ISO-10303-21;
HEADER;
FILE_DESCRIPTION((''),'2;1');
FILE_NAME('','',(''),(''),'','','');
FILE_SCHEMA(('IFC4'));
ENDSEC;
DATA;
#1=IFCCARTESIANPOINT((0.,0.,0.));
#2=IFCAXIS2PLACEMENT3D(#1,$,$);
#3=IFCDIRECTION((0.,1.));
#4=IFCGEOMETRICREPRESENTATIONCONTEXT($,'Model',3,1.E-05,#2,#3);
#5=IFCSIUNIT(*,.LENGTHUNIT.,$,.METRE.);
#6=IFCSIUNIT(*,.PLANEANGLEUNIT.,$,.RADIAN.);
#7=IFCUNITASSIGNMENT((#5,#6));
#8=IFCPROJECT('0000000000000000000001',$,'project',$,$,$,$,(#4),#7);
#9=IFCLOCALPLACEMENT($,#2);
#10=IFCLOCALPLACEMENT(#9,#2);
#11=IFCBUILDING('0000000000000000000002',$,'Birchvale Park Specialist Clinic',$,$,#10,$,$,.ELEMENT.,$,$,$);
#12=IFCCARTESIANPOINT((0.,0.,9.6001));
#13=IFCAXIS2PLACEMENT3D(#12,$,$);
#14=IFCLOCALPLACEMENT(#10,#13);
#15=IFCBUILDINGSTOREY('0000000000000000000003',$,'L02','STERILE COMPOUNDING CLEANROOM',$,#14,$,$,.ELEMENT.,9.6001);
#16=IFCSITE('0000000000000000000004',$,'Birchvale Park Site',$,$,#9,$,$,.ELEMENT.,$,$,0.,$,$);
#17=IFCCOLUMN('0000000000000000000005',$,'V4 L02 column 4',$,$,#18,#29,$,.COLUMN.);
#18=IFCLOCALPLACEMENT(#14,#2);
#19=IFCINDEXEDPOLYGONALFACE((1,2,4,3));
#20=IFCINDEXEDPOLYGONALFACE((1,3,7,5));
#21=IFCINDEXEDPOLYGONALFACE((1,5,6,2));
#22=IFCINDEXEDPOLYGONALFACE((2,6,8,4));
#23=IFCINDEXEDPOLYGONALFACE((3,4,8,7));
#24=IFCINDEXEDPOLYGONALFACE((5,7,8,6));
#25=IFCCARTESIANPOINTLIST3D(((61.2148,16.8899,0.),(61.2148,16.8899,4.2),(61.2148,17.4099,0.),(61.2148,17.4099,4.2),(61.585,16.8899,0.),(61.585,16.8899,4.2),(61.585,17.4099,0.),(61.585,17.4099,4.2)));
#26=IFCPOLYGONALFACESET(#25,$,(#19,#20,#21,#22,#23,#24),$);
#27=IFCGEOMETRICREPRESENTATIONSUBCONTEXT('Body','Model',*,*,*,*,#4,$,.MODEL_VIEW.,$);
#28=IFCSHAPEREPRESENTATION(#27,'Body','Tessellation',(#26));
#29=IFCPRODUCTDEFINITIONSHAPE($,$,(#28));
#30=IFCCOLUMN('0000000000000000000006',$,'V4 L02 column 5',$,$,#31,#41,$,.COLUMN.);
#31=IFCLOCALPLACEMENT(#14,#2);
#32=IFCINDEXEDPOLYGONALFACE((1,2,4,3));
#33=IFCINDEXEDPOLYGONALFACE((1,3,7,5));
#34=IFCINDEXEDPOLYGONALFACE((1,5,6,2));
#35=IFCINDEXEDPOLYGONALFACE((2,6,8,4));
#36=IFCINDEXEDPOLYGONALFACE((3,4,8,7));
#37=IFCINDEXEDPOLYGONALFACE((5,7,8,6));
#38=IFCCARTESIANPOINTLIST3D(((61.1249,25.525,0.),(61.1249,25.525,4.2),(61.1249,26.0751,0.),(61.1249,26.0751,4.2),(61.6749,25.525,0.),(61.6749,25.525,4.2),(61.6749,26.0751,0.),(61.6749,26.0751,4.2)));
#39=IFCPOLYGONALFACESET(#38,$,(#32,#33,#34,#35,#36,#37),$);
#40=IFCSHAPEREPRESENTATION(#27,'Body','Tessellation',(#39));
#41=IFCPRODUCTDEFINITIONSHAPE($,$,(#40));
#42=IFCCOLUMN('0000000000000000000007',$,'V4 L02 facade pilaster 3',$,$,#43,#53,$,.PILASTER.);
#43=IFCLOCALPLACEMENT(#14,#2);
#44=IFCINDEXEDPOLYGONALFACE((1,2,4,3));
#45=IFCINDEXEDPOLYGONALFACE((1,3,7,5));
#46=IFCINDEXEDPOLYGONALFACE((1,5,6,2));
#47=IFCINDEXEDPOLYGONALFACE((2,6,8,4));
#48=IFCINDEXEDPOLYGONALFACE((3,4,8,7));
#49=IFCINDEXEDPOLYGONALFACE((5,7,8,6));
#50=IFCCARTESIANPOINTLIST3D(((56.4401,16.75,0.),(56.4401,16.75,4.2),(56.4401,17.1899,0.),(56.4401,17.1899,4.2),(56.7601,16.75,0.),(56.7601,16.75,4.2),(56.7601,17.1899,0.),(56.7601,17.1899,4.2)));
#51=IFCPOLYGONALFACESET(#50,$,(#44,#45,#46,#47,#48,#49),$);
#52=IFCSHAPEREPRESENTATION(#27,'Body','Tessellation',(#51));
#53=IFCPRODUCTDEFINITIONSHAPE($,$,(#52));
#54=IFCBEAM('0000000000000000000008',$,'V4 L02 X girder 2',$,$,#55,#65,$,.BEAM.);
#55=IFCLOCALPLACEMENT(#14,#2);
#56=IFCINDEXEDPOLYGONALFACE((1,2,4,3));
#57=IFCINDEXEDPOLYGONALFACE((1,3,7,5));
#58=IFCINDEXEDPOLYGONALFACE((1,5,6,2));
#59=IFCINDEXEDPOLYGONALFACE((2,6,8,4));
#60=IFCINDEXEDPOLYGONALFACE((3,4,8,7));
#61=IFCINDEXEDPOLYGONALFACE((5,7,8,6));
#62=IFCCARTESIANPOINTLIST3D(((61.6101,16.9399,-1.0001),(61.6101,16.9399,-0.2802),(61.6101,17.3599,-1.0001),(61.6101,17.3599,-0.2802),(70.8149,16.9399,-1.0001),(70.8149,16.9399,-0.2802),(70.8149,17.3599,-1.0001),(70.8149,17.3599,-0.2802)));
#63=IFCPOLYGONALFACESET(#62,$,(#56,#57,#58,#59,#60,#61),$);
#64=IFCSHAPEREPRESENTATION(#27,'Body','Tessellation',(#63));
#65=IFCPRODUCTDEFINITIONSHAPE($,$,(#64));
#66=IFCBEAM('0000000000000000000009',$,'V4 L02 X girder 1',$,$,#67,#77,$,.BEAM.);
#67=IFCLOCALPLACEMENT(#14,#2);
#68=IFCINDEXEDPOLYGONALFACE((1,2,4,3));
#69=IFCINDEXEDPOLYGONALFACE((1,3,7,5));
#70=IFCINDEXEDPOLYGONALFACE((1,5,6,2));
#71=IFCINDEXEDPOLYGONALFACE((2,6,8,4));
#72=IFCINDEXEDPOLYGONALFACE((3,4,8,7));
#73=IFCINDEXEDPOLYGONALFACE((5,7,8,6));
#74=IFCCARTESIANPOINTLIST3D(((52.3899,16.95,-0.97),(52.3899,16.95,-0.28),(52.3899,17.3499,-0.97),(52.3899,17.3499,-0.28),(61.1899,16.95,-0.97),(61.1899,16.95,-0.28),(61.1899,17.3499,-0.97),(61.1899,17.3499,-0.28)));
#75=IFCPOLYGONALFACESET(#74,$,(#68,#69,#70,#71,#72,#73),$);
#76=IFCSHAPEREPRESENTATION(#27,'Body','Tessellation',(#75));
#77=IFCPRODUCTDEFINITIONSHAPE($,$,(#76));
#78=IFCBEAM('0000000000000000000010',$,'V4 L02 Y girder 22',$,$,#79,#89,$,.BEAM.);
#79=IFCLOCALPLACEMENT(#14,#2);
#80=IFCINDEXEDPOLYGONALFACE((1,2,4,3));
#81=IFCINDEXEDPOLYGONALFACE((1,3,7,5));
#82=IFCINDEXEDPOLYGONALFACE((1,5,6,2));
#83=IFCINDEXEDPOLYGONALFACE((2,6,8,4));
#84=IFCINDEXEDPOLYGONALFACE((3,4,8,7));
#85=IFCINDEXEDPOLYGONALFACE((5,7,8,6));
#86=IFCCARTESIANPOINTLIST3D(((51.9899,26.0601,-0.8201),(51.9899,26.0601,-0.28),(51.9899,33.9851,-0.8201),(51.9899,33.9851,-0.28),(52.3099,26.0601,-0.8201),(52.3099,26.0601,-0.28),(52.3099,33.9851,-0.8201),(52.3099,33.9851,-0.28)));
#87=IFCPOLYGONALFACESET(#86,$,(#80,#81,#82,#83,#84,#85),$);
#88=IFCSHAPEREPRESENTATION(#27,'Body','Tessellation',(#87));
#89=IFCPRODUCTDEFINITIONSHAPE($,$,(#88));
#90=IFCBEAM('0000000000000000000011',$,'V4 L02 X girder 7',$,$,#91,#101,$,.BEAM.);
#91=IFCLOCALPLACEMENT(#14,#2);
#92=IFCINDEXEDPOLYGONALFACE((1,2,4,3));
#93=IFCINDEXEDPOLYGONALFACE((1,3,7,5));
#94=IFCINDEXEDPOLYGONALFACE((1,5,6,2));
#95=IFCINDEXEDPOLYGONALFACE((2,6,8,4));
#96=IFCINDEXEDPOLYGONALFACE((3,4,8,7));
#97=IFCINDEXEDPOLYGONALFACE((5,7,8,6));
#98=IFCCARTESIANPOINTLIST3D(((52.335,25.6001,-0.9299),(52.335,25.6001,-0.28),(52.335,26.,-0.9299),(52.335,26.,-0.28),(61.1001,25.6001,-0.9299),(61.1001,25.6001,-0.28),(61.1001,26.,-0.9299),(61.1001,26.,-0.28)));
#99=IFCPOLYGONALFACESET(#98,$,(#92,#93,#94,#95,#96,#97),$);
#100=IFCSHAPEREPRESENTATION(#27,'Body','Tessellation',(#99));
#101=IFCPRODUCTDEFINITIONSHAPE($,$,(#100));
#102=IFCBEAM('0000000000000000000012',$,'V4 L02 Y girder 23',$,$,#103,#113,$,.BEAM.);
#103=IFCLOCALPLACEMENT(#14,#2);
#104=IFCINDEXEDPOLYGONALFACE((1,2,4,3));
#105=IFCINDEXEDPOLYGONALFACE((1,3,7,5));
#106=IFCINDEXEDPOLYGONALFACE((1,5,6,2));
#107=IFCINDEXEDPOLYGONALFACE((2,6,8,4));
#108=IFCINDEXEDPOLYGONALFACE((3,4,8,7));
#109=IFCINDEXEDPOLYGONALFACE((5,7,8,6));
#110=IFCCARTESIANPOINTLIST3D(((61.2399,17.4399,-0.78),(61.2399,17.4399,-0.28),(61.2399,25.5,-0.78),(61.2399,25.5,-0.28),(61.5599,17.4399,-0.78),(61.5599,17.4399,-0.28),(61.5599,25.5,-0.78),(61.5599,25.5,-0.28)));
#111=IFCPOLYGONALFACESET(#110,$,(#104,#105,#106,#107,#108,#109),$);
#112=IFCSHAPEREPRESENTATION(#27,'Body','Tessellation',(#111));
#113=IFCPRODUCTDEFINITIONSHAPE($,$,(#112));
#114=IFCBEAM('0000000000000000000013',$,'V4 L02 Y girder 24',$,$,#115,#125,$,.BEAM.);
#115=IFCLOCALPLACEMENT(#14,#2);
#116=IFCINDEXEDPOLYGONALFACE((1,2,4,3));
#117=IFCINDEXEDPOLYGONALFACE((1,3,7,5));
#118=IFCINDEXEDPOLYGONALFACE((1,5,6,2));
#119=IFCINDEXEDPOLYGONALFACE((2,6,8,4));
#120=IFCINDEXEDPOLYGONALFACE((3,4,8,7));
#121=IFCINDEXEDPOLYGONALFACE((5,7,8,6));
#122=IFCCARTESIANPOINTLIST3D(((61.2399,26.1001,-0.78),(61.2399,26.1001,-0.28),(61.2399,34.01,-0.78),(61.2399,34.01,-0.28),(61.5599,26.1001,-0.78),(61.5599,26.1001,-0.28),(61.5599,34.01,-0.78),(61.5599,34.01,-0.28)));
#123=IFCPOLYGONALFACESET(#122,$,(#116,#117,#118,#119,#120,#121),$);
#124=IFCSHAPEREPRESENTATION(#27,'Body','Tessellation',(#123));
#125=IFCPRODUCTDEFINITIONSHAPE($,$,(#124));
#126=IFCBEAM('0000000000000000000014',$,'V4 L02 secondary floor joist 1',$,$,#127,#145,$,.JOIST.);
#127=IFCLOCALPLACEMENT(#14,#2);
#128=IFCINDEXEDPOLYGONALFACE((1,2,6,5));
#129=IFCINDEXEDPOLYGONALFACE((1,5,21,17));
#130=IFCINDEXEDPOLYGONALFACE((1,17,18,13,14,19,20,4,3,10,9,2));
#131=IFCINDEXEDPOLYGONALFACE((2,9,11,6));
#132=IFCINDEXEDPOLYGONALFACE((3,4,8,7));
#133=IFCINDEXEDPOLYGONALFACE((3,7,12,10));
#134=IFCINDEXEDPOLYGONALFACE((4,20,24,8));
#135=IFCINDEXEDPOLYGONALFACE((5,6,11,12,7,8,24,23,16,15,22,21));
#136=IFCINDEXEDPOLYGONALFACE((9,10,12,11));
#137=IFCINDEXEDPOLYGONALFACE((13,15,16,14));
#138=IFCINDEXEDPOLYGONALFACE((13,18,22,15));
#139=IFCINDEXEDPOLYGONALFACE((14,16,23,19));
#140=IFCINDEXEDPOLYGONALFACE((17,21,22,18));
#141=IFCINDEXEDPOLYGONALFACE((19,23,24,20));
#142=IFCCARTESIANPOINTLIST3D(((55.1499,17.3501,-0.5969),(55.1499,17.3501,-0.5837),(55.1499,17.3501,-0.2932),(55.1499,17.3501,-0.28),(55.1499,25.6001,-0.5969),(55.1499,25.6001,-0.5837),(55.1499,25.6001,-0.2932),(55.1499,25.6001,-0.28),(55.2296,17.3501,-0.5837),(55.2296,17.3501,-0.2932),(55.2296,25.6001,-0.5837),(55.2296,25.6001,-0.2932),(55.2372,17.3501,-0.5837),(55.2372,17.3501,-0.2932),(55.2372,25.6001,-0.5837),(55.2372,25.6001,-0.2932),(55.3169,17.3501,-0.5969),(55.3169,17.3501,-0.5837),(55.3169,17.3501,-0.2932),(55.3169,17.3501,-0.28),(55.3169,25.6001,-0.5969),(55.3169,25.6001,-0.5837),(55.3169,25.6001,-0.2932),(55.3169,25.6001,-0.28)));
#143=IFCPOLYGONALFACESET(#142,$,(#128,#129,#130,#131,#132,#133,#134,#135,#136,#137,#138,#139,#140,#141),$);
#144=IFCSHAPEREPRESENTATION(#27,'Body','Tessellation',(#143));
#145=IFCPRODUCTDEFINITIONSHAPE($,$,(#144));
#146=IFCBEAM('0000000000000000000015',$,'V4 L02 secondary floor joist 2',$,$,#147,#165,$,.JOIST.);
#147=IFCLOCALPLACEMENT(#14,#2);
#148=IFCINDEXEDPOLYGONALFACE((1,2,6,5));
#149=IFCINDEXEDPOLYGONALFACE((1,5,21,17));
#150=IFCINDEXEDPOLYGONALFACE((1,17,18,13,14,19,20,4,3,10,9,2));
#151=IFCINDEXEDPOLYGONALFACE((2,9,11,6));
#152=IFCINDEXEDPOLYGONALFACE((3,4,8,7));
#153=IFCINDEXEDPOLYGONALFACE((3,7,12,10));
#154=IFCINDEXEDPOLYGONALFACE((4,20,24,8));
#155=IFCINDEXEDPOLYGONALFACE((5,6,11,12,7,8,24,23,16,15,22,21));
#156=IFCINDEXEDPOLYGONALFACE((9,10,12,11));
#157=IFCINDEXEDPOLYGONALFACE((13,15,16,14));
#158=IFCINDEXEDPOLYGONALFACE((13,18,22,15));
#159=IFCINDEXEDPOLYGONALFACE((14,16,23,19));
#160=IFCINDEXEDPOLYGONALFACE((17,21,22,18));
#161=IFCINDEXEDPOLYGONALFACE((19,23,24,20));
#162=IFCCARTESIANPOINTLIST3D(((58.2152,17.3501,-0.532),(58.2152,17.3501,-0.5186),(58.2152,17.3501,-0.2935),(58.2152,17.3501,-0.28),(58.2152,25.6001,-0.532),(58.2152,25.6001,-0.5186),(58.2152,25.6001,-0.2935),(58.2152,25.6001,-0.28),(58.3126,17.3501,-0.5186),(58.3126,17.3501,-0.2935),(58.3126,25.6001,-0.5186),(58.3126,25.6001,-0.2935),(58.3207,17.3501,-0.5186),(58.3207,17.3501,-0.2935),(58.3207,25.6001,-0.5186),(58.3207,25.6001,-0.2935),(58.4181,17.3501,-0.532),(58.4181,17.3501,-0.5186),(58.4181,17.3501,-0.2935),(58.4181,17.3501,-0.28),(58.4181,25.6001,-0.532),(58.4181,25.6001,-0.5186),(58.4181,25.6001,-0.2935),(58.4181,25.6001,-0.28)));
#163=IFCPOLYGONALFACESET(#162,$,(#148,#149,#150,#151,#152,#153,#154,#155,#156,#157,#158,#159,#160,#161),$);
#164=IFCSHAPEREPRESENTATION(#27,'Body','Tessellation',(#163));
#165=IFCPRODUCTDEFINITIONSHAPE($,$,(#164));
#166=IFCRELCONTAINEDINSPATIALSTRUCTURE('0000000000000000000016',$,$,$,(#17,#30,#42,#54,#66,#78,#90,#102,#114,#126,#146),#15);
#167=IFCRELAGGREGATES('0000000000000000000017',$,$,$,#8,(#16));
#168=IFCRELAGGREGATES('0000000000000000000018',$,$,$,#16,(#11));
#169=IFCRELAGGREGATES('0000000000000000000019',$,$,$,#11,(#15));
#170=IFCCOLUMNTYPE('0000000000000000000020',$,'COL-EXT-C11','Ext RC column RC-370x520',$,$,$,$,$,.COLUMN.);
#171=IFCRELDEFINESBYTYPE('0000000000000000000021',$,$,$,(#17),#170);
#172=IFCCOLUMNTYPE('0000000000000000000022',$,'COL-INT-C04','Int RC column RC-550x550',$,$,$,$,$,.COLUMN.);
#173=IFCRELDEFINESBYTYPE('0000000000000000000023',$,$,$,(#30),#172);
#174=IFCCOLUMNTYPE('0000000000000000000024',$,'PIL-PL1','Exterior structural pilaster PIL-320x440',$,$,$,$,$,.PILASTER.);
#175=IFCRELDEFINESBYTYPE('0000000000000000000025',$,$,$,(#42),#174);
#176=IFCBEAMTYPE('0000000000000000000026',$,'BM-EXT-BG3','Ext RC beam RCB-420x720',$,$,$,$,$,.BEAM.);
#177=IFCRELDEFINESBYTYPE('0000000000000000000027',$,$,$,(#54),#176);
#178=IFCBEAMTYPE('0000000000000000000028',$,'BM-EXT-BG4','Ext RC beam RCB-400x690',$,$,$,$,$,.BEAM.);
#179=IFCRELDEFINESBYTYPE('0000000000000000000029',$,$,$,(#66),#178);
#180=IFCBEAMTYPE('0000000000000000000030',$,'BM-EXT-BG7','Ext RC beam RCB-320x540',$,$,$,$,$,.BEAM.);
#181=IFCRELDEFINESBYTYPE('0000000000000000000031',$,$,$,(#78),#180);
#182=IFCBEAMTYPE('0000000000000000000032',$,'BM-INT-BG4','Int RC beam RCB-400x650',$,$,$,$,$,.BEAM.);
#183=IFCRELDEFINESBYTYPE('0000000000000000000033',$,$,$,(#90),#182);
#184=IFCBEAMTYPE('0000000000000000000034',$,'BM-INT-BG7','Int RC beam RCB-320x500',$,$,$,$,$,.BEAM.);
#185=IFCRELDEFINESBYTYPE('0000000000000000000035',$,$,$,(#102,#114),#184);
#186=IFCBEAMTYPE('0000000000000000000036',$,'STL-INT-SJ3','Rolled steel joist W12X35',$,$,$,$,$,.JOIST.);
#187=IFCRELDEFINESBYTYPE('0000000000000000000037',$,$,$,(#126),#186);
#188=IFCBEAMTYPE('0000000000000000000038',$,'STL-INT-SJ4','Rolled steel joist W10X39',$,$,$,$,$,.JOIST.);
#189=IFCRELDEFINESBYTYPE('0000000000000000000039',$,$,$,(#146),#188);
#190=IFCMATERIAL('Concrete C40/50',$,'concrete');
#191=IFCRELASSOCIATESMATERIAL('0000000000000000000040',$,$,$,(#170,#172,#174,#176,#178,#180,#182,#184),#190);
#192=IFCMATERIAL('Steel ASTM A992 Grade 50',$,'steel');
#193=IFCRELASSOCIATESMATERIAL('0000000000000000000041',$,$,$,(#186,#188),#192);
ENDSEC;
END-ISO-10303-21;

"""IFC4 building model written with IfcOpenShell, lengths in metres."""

from ifc_helpers import new_model, si_unit, direction, frame, origin, origin_2d, place, context, subcontext, project, spatial, rectangle, i_section, extrude, material, material_profile, profile_set, type_object, element, save


model = new_model("IFC4")

# Units and contexts
model_context = context("Model", 3, precision=1e-05, world=origin(), true_north=direction((0.0, 1.0)))
body_context = subcontext(model_context, "Body", "Model", "MODEL_VIEW")
ifc_project = project(units=[si_unit("LENGTHUNIT", "METRE"), si_unit("PLANEANGLEUNIT", "RADIAN")], contexts=[model_context])

# Site, building, storey
site_placement = place(None, origin())
site = spatial("IfcSite", under=ifc_project, at=site_placement, Name="Birchvale Park Site", CompositionType="ELEMENT", RefElevation=0.0)
building_placement = place(site_placement, origin())
building = spatial("IfcBuilding", under=site, at=building_placement, Name="Birchvale Park Specialist Clinic", CompositionType="ELEMENT")
storey_placement = place(building_placement, frame((0.0, 0.0, 9.6001)))
storey = spatial("IfcBuildingStorey", under=building, at=storey_placement, Name="L02", Description="STERILE COMPOUNDING CLEANROOM", CompositionType="ELEMENT", Elevation=9.6001)

# Columns
ifc_material_1 = material(Name="Concrete C40/50", Category="concrete")
ifc_material_profile_1 = material_profile(ifc_material_1, rectangle(XDim=0.3701, YDim=0.52, at=origin_2d()), Name="RC-370x520")
ifc_profile_set_1 = profile_set([ifc_material_profile_1], Name="Concrete C40/50")
column_type_1 = type_object("IfcColumnType", Name="COL-EXT-C11", Description="Ext RC column RC-370x520", PredefinedType="COLUMN", material=ifc_profile_set_1)
column_1_placement = place(storey_placement, frame((61.3999, 17.1499, 0.0), z_axis=(0.0, 0.0, 1.0), x_axis=(1.0, 0.0, 0.0)))
element("IfcColumn", 1, at=column_1_placement, inside=storey, type_object=column_type_1, Name="V4 L02 column 4", PredefinedType="COLUMN", context=body_context, shape_type="SweptSolid", body=[
    extrude(rectangle(XDim=0.3701, YDim=0.52, at=origin_2d()), origin(), (0.0, 0.0, 1.0), 4.2),
])
ifc_material_profile_2 = material_profile(ifc_material_1, rectangle(XDim=0.55, YDim=0.55, at=origin_2d()), Name="RC-550x550")
ifc_profile_set_2 = profile_set([ifc_material_profile_2], Name="Concrete C40/50")
column_type_2 = type_object("IfcColumnType", Name="COL-INT-C04", Description="Int RC column RC-550x550", PredefinedType="COLUMN", material=ifc_profile_set_2)
column_2_placement = place(storey_placement, frame((61.3999, 25.8, 0.0), z_axis=(0.0, 0.0, 1.0), x_axis=(1.0, 0.0, 0.0)))
element("IfcColumn", 2, at=column_2_placement, inside=storey, type_object=column_type_2, Name="V4 L02 column 5", PredefinedType="COLUMN", context=body_context, shape_type="SweptSolid", body=[
    extrude(rectangle(XDim=0.55, YDim=0.55, at=origin_2d()), origin(), (0.0, 0.0, 1.0), 4.2),
])
ifc_material_profile_3 = material_profile(ifc_material_1, rectangle(XDim=0.3201, YDim=0.4399, at=origin_2d()), Name="PIL-320x440")
ifc_profile_set_3 = profile_set([ifc_material_profile_3], Name="Concrete C40/50")
column_type_3 = type_object("IfcColumnType", Name="PIL-PL1", Description="Exterior structural pilaster PIL-320x440", PredefinedType="PILASTER", material=ifc_profile_set_3)
column_3_placement = place(storey_placement, frame((56.6001, 16.97, 0.0), z_axis=(0.0, 0.0, 1.0), x_axis=(1.0, 0.0, 0.0)))
element("IfcColumn", 3, at=column_3_placement, inside=storey, type_object=column_type_3, Name="V4 L02 facade pilaster 3", PredefinedType="PILASTER", context=body_context, shape_type="SweptSolid", body=[
    extrude(rectangle(XDim=0.3201, YDim=0.4399, at=origin_2d()), origin(), (0.0, 0.0, 1.0), 4.2),
])

# Beams
ifc_material_profile_4 = material_profile(ifc_material_1, rectangle(XDim=0.4199, YDim=0.72, at=origin_2d()), Name="RCB-420x720")
ifc_profile_set_4 = profile_set([ifc_material_profile_4], Name="Concrete C40/50")
beam_type_1 = type_object("IfcBeamType", Name="BM-EXT-BG3", Description="Ext RC beam RCB-420x720", PredefinedType="BEAM", material=ifc_profile_set_4)
beam_1_placement = place(storey_placement, frame((61.6101, 17.1499, -0.6401), z_axis=(1.0, 0.0, 0.0), x_axis=(0.0, 1.0, 0.0)))
element("IfcBeam", 4, at=beam_1_placement, inside=storey, type_object=beam_type_1, Name="V4 L02 X girder 2", PredefinedType="BEAM", context=body_context, shape_type="SweptSolid", body=[
    extrude(rectangle(XDim=0.4199, YDim=0.72, at=origin_2d()), origin(), (0.0, 0.0, 1.0), 9.2048),
])
ifc_material_profile_5 = material_profile(ifc_material_1, rectangle(XDim=0.3999, YDim=0.6899, at=origin_2d()), Name="RCB-400x690")
ifc_profile_set_5 = profile_set([ifc_material_profile_5], Name="Concrete C40/50")
beam_type_2 = type_object("IfcBeamType", Name="BM-EXT-BG4", Description="Ext RC beam RCB-400x690", PredefinedType="BEAM", material=ifc_profile_set_5)
beam_2_placement = place(storey_placement, frame((52.3899, 17.1499, -0.625), z_axis=(1.0, 0.0, 0.0), x_axis=(0.0, 1.0, 0.0)))
element("IfcBeam", 5, at=beam_2_placement, inside=storey, type_object=beam_type_2, Name="V4 L02 X girder 1", PredefinedType="BEAM", context=body_context, shape_type="SweptSolid", body=[
    extrude(rectangle(XDim=0.3999, YDim=0.6899, at=origin_2d()), origin(), (0.0, 0.0, 1.0), 8.8),
])
ifc_material_profile_6 = material_profile(ifc_material_1, rectangle(XDim=0.3201, YDim=0.54, at=origin_2d()), Name="RCB-320x540")
ifc_profile_set_6 = profile_set([ifc_material_profile_6], Name="Concrete C40/50")
beam_type_3 = type_object("IfcBeamType", Name="BM-EXT-BG7", Description="Ext RC beam RCB-320x540", PredefinedType="BEAM", material=ifc_profile_set_6)
beam_3_placement = place(storey_placement, frame((52.1499, 26.0601, -0.55), z_axis=(0.0, 1.0, 0.0), x_axis=(-1.0, 0.0, 0.0)))
element("IfcBeam", 6, at=beam_3_placement, inside=storey, type_object=beam_type_3, Name="V4 L02 Y girder 22", PredefinedType="BEAM", context=body_context, shape_type="SweptSolid", body=[
    extrude(rectangle(XDim=0.3201, YDim=0.54, at=origin_2d()), origin(), (0.0, 0.0, 1.0), 7.925),
])
ifc_material_profile_7 = material_profile(ifc_material_1, rectangle(XDim=0.3999, YDim=0.6499, at=origin_2d()), Name="RCB-400x650")
ifc_profile_set_7 = profile_set([ifc_material_profile_7], Name="Concrete C40/50")
beam_type_4 = type_object("IfcBeamType", Name="BM-INT-BG4", Description="Int RC beam RCB-400x650", PredefinedType="BEAM", material=ifc_profile_set_7)
beam_4_placement = place(storey_placement, frame((52.335, 25.8, -0.605), z_axis=(1.0, 0.0, 0.0), x_axis=(0.0, 1.0, 0.0)))
element("IfcBeam", 7, at=beam_4_placement, inside=storey, type_object=beam_type_4, Name="V4 L02 X girder 7", PredefinedType="BEAM", context=body_context, shape_type="SweptSolid", body=[
    extrude(rectangle(XDim=0.3999, YDim=0.6499, at=origin_2d()), origin(), (0.0, 0.0, 1.0), 8.7651),
])
ifc_material_profile_8 = material_profile(ifc_material_1, rectangle(XDim=0.3201, YDim=0.5, at=origin_2d()), Name="RCB-320x500")
ifc_profile_set_8 = profile_set([ifc_material_profile_8], Name="Concrete C40/50")
beam_type_5 = type_object("IfcBeamType", Name="BM-INT-BG7", Description="Int RC beam RCB-320x500", PredefinedType="BEAM", material=ifc_profile_set_8)
beam_5_placement = place(storey_placement, frame((61.3999, 17.4399, -0.53), z_axis=(0.0, 1.0, 0.0), x_axis=(-1.0, 0.0, 0.0)))
element("IfcBeam", 8, at=beam_5_placement, inside=storey, type_object=beam_type_5, Name="V4 L02 Y girder 23", PredefinedType="BEAM", context=body_context, shape_type="SweptSolid", body=[
    extrude(rectangle(XDim=0.3201, YDim=0.5, at=origin_2d()), origin(), (0.0, 0.0, 1.0), 8.0601),
])
beam_6_placement = place(storey_placement, frame((61.3999, 26.1001, -0.53), z_axis=(0.0, 1.0, 0.0), x_axis=(-1.0, 0.0, 0.0)))
element("IfcBeam", 9, at=beam_6_placement, inside=storey, type_object=beam_type_5, Name="V4 L02 Y girder 24", PredefinedType="BEAM", context=body_context, shape_type="SweptSolid", body=[
    extrude(rectangle(XDim=0.3201, YDim=0.5, at=origin_2d()), origin(), (0.0, 0.0, 1.0), 7.9099),
])
ifc_material_2 = material(Name="Steel ASTM A992 Grade 50", Category="steel")
ifc_material_profile_9 = material_profile(ifc_material_2, i_section(OverallWidth=0.167, OverallDepth=0.3169, WebThickness=0.0076, FlangeThickness=0.0132, at=origin_2d()), Name="W12X35")
ifc_profile_set_9 = profile_set([ifc_material_profile_9], Name="Steel ASTM A992 Grade 50")
beam_type_6 = type_object("IfcBeamType", Name="STL-INT-SJ3", Description="Rolled steel joist W12X35", PredefinedType="JOIST", material=ifc_profile_set_9)
beam_7_placement = place(storey_placement, frame((55.2334, 17.3501, -0.4385), z_axis=(0.0, 1.0, 0.0), x_axis=(-1.0, 0.0, 0.0)))
element("IfcBeam", 10, at=beam_7_placement, inside=storey, type_object=beam_type_6, Name="V4 L02 secondary floor joist 1", PredefinedType="JOIST", context=body_context, shape_type="SweptSolid", body=[
    extrude(i_section(OverallWidth=0.167, OverallDepth=0.3169, WebThickness=0.0076, FlangeThickness=0.0132, at=origin_2d()), origin(), (0.0, 0.0, 1.0), 8.25),
])
ifc_material_profile_10 = material_profile(ifc_material_2, i_section(OverallWidth=0.2029, OverallDepth=0.252, WebThickness=0.0081, FlangeThickness=0.0134, at=origin_2d()), Name="W10X39")
ifc_profile_set_10 = profile_set([ifc_material_profile_10], Name="Steel ASTM A992 Grade 50")
beam_type_7 = type_object("IfcBeamType", Name="STL-INT-SJ4", Description="Rolled steel joist W10X39", PredefinedType="JOIST", material=ifc_profile_set_10)
beam_8_placement = place(storey_placement, frame((58.3167, 17.3501, -0.406), z_axis=(0.0, 1.0, 0.0), x_axis=(-1.0, 0.0, 0.0)))
element("IfcBeam", 11, at=beam_8_placement, inside=storey, type_object=beam_type_7, Name="V4 L02 secondary floor joist 2", PredefinedType="JOIST", context=body_context, shape_type="SweptSolid", body=[
    extrude(i_section(OverallWidth=0.2029, OverallDepth=0.252, WebThickness=0.0081, FlangeThickness=0.0134, at=origin_2d()), origin(), (0.0, 0.0, 1.0), 8.25),
])

save(model, "model.ifc")
